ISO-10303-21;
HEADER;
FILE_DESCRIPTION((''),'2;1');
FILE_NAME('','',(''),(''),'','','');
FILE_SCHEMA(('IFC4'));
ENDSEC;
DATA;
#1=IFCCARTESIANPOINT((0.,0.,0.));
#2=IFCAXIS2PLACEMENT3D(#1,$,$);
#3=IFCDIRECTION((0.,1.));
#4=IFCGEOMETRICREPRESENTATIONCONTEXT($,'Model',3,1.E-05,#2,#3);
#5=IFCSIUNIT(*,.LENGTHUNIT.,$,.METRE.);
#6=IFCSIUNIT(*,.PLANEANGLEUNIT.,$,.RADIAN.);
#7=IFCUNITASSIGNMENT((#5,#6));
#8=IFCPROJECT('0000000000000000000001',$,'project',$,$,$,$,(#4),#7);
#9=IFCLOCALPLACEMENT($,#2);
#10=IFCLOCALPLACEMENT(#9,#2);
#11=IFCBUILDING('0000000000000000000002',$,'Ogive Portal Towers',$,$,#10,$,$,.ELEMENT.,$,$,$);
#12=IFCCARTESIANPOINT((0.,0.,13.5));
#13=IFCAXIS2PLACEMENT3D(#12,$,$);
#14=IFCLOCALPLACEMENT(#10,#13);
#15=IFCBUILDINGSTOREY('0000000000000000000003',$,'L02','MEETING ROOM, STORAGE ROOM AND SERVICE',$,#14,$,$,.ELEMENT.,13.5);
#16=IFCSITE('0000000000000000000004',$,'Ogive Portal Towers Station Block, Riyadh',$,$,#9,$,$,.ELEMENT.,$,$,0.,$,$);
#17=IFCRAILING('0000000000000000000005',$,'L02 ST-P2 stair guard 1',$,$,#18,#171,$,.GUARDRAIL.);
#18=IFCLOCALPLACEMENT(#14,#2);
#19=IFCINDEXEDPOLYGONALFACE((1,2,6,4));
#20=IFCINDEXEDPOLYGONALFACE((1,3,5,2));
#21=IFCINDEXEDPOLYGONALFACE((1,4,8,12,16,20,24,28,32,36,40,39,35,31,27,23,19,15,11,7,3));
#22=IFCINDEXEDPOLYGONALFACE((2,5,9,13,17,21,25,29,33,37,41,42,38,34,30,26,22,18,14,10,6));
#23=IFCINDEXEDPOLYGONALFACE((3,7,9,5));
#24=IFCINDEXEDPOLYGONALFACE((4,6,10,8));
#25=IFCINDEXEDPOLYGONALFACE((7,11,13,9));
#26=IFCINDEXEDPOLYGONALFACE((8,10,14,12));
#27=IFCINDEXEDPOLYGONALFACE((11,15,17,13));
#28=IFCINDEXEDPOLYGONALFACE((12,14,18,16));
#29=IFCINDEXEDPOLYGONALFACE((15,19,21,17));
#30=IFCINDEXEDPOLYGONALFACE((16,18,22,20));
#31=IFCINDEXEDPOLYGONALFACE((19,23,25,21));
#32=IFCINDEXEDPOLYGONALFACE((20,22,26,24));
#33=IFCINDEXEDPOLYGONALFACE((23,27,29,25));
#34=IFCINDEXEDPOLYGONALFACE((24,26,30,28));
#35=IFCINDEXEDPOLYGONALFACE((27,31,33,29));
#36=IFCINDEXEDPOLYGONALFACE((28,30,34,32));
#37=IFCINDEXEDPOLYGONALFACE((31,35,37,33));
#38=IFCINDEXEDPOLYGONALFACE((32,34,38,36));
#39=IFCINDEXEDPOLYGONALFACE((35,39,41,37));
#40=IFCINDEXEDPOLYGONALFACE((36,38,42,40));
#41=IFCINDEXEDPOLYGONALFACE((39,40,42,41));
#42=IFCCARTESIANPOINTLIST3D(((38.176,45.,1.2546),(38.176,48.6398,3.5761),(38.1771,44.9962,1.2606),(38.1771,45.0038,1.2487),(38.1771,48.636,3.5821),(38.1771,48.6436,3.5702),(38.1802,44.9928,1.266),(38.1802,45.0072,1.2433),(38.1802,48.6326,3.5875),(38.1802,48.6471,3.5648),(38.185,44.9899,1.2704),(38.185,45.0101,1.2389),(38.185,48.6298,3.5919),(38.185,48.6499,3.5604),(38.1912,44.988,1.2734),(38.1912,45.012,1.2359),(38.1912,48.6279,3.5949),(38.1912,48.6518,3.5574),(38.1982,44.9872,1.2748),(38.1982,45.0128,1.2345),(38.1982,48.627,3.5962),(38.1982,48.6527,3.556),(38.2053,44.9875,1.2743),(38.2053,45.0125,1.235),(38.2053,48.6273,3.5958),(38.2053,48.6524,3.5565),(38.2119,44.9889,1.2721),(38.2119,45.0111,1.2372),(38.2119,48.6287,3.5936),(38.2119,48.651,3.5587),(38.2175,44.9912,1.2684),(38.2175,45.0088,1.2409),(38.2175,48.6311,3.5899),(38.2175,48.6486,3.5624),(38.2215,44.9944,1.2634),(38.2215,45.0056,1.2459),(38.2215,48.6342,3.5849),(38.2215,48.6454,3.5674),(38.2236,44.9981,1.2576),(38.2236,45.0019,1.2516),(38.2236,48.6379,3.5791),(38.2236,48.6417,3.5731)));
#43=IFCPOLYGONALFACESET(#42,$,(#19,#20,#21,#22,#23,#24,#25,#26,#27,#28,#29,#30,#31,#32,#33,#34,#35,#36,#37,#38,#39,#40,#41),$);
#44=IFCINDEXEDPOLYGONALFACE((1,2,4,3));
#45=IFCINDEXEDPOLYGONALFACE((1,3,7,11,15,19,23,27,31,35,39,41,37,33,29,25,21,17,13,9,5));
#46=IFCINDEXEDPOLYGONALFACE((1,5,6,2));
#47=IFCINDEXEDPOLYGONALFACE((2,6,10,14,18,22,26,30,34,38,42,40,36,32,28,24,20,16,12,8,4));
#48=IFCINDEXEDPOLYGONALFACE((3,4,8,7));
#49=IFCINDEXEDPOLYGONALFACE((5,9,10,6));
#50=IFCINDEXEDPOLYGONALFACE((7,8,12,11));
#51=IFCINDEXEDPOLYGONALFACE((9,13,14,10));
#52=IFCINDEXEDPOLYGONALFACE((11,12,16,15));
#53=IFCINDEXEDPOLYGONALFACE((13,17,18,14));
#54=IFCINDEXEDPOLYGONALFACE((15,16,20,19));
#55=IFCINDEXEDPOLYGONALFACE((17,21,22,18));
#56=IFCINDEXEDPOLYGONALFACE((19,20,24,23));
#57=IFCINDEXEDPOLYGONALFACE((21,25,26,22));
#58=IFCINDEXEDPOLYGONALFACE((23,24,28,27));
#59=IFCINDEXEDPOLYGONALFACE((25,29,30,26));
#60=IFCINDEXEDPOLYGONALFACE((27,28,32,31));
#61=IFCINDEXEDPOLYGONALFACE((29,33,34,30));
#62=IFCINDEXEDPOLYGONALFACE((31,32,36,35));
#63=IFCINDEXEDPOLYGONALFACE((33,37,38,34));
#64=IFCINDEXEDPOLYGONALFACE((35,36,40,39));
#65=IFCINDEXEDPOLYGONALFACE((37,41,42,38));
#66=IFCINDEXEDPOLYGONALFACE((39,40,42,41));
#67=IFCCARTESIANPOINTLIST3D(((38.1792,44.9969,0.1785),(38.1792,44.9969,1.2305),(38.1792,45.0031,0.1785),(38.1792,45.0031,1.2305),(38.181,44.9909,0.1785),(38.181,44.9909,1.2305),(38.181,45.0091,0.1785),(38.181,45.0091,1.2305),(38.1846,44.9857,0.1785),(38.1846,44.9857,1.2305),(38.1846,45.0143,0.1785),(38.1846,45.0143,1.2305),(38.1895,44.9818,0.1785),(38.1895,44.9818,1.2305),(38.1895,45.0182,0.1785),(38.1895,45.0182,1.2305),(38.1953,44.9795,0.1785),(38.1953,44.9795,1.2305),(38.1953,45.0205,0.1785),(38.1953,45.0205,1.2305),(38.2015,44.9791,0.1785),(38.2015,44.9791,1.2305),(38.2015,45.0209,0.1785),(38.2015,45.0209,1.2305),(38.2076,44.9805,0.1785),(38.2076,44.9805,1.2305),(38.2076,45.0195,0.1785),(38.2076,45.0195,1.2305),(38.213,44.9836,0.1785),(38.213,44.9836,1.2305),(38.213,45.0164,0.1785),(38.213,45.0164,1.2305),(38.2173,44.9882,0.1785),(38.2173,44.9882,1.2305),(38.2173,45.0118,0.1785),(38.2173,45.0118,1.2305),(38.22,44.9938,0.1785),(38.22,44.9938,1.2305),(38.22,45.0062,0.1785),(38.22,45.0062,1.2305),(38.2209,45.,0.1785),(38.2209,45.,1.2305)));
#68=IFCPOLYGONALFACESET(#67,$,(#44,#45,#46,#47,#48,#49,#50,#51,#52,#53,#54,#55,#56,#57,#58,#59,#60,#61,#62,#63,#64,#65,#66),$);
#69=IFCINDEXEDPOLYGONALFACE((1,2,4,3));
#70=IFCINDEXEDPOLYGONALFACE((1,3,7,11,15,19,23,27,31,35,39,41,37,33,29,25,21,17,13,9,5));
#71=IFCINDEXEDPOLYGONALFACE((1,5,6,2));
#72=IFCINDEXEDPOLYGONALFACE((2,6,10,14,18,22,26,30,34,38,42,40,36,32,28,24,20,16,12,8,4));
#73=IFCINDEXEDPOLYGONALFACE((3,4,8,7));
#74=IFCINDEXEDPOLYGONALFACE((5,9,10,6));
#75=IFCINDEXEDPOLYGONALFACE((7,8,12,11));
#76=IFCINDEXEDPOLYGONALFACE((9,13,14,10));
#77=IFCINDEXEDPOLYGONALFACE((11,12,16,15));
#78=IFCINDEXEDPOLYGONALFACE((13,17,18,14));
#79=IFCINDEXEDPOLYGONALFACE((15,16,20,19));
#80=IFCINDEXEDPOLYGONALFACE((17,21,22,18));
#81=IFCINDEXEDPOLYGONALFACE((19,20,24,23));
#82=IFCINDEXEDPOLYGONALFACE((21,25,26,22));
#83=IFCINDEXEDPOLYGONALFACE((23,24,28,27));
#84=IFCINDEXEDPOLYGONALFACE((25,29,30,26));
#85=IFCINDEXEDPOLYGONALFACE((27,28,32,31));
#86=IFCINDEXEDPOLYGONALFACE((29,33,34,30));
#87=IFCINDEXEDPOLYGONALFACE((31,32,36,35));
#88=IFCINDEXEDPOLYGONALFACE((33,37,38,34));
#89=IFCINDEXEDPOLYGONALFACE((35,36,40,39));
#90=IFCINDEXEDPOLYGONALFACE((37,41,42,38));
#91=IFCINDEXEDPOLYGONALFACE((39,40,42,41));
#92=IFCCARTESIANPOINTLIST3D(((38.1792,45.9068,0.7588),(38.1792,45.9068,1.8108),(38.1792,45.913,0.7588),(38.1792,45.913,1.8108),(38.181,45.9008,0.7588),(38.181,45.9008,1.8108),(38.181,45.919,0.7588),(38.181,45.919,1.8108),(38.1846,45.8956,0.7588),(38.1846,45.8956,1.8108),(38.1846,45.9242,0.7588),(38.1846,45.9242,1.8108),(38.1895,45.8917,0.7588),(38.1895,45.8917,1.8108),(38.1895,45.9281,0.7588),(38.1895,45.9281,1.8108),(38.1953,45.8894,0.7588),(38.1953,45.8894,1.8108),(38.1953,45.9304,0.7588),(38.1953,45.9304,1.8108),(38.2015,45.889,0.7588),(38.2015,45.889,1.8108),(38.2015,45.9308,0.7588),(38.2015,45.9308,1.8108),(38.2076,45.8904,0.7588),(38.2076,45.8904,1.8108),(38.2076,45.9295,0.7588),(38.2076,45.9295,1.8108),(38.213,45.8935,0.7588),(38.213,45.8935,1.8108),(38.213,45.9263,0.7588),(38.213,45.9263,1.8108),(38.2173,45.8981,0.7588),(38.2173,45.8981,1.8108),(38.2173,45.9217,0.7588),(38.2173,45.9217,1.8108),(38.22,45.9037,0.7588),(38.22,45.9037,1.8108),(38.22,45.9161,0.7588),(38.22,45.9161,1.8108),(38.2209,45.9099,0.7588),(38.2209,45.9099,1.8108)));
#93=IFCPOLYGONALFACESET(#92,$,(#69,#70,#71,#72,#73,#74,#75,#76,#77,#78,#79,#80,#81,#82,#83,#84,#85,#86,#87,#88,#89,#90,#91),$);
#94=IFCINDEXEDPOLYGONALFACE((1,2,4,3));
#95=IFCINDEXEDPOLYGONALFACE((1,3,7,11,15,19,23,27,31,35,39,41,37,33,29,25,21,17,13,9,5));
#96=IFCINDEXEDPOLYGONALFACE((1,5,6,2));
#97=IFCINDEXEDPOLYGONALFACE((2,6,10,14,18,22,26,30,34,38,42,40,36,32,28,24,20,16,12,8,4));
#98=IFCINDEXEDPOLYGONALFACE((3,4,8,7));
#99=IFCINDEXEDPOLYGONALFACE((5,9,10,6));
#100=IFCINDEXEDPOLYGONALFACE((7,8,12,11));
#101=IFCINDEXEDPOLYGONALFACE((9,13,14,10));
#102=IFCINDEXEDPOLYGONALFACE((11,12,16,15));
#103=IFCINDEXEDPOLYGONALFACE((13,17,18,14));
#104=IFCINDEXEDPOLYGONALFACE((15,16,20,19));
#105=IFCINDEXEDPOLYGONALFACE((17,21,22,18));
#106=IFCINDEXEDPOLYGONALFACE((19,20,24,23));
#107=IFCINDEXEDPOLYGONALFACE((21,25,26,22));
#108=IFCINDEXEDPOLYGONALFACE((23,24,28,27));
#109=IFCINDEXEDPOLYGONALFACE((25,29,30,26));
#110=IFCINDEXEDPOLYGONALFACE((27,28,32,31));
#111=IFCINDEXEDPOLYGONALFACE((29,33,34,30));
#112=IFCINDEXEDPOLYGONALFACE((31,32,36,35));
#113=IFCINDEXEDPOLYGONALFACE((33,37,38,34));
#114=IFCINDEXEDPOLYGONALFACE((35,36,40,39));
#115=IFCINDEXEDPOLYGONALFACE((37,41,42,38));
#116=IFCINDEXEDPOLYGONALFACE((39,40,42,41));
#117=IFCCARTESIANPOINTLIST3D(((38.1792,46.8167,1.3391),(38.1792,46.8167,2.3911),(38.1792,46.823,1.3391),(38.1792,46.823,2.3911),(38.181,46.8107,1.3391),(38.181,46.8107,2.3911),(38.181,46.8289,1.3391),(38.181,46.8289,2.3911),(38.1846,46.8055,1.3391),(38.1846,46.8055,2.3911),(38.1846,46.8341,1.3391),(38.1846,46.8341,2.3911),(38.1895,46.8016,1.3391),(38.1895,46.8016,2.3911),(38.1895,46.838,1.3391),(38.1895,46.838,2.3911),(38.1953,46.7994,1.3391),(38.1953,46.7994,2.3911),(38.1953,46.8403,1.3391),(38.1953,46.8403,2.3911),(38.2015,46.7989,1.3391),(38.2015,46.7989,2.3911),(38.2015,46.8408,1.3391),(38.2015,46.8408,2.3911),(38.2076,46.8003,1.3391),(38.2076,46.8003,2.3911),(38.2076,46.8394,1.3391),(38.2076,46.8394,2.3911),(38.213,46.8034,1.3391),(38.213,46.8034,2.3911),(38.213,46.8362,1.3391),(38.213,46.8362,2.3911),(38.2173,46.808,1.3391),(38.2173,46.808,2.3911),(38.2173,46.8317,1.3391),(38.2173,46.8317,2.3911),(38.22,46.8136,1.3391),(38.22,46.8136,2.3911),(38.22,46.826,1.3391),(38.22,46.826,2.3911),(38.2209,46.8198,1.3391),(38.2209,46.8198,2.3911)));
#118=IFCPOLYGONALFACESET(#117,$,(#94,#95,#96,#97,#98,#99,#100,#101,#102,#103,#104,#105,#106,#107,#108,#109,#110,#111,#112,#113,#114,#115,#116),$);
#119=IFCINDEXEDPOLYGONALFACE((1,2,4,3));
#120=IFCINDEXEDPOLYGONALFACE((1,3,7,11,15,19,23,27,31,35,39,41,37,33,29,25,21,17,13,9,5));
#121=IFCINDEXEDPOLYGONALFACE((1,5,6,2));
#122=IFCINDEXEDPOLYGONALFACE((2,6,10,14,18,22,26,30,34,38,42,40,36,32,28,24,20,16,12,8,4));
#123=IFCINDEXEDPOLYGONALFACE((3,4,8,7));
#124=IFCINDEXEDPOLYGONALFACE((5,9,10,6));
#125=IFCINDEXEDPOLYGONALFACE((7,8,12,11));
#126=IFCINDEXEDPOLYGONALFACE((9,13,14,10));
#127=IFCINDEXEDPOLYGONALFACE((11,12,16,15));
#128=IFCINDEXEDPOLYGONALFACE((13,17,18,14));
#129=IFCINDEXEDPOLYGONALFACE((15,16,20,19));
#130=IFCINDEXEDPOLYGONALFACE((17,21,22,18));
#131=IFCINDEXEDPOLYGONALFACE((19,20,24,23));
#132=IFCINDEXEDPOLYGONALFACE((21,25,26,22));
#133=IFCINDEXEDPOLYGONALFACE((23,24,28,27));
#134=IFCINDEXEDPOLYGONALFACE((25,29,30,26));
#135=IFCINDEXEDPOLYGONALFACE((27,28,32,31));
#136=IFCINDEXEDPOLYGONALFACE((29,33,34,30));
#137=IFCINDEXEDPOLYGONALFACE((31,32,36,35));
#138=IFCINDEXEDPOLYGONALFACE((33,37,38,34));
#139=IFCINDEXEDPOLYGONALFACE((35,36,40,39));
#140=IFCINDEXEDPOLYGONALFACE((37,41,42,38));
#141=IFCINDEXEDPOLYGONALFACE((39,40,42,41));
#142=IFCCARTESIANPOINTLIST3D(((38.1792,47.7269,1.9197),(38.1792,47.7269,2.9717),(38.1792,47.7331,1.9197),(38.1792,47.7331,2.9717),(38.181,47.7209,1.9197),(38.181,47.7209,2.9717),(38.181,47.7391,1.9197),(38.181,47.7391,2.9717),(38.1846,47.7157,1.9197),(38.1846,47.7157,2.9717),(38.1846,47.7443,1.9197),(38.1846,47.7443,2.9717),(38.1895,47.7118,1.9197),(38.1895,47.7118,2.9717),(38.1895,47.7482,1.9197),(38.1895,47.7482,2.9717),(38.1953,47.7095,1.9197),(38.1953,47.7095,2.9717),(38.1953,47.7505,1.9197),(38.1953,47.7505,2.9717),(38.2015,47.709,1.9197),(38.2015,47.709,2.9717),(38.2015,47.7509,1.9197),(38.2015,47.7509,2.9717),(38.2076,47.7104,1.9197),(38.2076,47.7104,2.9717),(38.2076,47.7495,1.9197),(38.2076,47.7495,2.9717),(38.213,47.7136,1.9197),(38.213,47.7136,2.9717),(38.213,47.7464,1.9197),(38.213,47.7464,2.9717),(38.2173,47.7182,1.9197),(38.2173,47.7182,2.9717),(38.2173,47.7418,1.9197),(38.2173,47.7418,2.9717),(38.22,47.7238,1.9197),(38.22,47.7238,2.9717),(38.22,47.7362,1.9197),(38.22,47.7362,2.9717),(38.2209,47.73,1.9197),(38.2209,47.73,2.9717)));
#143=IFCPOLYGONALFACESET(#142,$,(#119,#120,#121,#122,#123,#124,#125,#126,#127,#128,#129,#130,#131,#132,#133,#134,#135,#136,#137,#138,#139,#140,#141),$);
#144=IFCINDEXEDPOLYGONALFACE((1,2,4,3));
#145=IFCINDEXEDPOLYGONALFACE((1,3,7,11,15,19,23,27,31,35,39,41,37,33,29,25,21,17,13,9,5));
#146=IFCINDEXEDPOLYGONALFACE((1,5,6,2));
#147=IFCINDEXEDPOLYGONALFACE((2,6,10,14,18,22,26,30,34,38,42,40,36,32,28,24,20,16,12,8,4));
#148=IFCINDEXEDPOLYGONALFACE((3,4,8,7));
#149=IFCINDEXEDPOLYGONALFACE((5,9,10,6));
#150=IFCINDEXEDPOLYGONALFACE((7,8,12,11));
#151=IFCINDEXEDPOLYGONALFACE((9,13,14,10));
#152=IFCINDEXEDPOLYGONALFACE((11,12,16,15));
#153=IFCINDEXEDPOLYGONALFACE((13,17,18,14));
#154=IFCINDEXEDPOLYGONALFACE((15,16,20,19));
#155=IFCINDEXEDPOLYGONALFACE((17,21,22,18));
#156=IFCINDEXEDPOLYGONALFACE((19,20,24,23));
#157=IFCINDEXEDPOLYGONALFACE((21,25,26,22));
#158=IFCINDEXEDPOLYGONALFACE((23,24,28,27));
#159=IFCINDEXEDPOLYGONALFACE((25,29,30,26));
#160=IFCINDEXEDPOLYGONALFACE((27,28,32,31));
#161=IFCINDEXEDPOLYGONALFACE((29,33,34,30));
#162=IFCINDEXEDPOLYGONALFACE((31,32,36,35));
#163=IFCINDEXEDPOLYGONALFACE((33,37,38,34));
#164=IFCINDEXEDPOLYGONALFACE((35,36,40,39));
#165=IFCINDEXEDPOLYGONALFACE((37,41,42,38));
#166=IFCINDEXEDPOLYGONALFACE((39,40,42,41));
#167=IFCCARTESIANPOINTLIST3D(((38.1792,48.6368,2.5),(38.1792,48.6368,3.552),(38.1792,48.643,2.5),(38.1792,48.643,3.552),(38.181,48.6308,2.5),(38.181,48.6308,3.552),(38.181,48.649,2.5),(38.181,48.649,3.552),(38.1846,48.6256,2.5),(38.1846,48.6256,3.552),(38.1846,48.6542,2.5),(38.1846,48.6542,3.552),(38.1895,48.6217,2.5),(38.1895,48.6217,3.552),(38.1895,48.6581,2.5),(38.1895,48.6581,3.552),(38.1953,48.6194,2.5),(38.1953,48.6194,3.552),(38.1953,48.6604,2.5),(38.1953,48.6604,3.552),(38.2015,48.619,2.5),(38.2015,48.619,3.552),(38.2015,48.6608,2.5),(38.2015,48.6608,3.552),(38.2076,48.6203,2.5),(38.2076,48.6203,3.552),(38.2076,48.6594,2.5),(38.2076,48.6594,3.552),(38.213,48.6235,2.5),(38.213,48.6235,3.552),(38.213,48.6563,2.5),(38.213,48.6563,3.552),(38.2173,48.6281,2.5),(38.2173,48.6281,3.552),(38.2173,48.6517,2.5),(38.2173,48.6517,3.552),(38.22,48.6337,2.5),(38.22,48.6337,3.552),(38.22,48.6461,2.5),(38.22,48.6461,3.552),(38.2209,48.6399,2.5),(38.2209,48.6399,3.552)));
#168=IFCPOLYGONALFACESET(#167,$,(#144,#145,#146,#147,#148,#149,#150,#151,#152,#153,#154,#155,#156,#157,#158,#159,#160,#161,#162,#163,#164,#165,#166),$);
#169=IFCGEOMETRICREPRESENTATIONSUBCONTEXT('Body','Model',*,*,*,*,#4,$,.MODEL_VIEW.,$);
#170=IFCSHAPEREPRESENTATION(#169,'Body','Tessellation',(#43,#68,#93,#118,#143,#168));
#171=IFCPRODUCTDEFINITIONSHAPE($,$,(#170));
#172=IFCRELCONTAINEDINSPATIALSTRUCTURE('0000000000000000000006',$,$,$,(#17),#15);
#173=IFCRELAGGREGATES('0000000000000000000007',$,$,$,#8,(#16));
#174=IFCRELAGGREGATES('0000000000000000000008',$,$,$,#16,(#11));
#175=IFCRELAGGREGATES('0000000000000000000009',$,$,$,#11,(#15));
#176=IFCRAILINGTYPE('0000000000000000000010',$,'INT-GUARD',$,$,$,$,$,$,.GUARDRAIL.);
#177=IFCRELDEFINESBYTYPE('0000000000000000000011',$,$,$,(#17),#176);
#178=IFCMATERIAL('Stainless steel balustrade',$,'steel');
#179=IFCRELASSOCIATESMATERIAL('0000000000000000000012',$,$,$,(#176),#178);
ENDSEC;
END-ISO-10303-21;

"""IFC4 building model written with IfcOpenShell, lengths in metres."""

from ifc_helpers import new_model, si_unit, direction, frame, origin, origin_2d, place, context, subcontext, project, spatial, circle, extrude, material, type_object, element, save


model = new_model("IFC4")

# Units and contexts
model_context = context("Model", 3, precision=1e-05, world=origin(), true_north=direction((0.0, 1.0)))
body_context = subcontext(model_context, "Body", "Model", "MODEL_VIEW")
ifc_project = project(units=[si_unit("LENGTHUNIT", "METRE"), si_unit("PLANEANGLEUNIT", "RADIAN")], contexts=[model_context])

# Site, building, storey
site_placement = place(None, origin())
site = spatial("IfcSite", under=ifc_project, at=site_placement, Name="Ogive Portal Towers Station Block, Riyadh", CompositionType="ELEMENT", RefElevation=0.0)
building_placement = place(site_placement, origin())
building = spatial("IfcBuilding", under=site, at=building_placement, Name="Ogive Portal Towers", CompositionType="ELEMENT")
storey_placement = place(building_placement, frame((0.0, 0.0, 13.5)))
storey = spatial("IfcBuildingStorey", under=building, at=storey_placement, Name="L02", Description="MEETING ROOM, STORAGE ROOM AND SERVICE", CompositionType="ELEMENT", Elevation=13.5)

# Railing
ifc_material_1 = material(Name="Stainless steel balustrade", Category="steel")
railing_type_1 = type_object("IfcRailingType", Name="INT-GUARD", PredefinedType="GUARDRAIL", material=ifc_material_1)
railing_1_placement = place(storey_placement, frame((38.2, 45.0, 0.1785)))
element("IfcRailing", 1, at=railing_1_placement, inside=storey, type_object=railing_type_1, Name="L02 ST-P2 stair guard 1", PredefinedType="GUARDRAIL", context=body_context, shape_type="SweptSolid", body=[
    extrude(circle(Radius=0.0239, at=origin_2d()), frame((0.0, 0.0, 1.0762), z_axis=(0.0, 0.843112, 0.537739), x_axis=(-1.0, 0.0, 0.0)), (0.0, 0.0, 1.0), 4.3171),
    extrude(circle(Radius=0.021, at=origin_2d()), origin(), (0.0, 0.0, 1.0), 1.052),
    extrude(circle(Radius=0.021, at=origin_2d()), frame((0.0, 0.9099, 0.5803)), (0.0, 0.0, 1.0), 1.052),
    extrude(circle(Radius=0.021, at=origin_2d()), frame((0.0, 1.8198, 1.1606)), (0.0, 0.0, 1.0), 1.052),
    extrude(circle(Radius=0.021, at=origin_2d()), frame((0.0, 2.73, 1.7412)), (0.0, 0.0, 1.0), 1.052),
    extrude(circle(Radius=0.021, at=origin_2d()), frame((0.0, 3.6399, 2.3215)), (0.0, 0.0, 1.0), 1.052),
])

save(model, "model.ifc")
